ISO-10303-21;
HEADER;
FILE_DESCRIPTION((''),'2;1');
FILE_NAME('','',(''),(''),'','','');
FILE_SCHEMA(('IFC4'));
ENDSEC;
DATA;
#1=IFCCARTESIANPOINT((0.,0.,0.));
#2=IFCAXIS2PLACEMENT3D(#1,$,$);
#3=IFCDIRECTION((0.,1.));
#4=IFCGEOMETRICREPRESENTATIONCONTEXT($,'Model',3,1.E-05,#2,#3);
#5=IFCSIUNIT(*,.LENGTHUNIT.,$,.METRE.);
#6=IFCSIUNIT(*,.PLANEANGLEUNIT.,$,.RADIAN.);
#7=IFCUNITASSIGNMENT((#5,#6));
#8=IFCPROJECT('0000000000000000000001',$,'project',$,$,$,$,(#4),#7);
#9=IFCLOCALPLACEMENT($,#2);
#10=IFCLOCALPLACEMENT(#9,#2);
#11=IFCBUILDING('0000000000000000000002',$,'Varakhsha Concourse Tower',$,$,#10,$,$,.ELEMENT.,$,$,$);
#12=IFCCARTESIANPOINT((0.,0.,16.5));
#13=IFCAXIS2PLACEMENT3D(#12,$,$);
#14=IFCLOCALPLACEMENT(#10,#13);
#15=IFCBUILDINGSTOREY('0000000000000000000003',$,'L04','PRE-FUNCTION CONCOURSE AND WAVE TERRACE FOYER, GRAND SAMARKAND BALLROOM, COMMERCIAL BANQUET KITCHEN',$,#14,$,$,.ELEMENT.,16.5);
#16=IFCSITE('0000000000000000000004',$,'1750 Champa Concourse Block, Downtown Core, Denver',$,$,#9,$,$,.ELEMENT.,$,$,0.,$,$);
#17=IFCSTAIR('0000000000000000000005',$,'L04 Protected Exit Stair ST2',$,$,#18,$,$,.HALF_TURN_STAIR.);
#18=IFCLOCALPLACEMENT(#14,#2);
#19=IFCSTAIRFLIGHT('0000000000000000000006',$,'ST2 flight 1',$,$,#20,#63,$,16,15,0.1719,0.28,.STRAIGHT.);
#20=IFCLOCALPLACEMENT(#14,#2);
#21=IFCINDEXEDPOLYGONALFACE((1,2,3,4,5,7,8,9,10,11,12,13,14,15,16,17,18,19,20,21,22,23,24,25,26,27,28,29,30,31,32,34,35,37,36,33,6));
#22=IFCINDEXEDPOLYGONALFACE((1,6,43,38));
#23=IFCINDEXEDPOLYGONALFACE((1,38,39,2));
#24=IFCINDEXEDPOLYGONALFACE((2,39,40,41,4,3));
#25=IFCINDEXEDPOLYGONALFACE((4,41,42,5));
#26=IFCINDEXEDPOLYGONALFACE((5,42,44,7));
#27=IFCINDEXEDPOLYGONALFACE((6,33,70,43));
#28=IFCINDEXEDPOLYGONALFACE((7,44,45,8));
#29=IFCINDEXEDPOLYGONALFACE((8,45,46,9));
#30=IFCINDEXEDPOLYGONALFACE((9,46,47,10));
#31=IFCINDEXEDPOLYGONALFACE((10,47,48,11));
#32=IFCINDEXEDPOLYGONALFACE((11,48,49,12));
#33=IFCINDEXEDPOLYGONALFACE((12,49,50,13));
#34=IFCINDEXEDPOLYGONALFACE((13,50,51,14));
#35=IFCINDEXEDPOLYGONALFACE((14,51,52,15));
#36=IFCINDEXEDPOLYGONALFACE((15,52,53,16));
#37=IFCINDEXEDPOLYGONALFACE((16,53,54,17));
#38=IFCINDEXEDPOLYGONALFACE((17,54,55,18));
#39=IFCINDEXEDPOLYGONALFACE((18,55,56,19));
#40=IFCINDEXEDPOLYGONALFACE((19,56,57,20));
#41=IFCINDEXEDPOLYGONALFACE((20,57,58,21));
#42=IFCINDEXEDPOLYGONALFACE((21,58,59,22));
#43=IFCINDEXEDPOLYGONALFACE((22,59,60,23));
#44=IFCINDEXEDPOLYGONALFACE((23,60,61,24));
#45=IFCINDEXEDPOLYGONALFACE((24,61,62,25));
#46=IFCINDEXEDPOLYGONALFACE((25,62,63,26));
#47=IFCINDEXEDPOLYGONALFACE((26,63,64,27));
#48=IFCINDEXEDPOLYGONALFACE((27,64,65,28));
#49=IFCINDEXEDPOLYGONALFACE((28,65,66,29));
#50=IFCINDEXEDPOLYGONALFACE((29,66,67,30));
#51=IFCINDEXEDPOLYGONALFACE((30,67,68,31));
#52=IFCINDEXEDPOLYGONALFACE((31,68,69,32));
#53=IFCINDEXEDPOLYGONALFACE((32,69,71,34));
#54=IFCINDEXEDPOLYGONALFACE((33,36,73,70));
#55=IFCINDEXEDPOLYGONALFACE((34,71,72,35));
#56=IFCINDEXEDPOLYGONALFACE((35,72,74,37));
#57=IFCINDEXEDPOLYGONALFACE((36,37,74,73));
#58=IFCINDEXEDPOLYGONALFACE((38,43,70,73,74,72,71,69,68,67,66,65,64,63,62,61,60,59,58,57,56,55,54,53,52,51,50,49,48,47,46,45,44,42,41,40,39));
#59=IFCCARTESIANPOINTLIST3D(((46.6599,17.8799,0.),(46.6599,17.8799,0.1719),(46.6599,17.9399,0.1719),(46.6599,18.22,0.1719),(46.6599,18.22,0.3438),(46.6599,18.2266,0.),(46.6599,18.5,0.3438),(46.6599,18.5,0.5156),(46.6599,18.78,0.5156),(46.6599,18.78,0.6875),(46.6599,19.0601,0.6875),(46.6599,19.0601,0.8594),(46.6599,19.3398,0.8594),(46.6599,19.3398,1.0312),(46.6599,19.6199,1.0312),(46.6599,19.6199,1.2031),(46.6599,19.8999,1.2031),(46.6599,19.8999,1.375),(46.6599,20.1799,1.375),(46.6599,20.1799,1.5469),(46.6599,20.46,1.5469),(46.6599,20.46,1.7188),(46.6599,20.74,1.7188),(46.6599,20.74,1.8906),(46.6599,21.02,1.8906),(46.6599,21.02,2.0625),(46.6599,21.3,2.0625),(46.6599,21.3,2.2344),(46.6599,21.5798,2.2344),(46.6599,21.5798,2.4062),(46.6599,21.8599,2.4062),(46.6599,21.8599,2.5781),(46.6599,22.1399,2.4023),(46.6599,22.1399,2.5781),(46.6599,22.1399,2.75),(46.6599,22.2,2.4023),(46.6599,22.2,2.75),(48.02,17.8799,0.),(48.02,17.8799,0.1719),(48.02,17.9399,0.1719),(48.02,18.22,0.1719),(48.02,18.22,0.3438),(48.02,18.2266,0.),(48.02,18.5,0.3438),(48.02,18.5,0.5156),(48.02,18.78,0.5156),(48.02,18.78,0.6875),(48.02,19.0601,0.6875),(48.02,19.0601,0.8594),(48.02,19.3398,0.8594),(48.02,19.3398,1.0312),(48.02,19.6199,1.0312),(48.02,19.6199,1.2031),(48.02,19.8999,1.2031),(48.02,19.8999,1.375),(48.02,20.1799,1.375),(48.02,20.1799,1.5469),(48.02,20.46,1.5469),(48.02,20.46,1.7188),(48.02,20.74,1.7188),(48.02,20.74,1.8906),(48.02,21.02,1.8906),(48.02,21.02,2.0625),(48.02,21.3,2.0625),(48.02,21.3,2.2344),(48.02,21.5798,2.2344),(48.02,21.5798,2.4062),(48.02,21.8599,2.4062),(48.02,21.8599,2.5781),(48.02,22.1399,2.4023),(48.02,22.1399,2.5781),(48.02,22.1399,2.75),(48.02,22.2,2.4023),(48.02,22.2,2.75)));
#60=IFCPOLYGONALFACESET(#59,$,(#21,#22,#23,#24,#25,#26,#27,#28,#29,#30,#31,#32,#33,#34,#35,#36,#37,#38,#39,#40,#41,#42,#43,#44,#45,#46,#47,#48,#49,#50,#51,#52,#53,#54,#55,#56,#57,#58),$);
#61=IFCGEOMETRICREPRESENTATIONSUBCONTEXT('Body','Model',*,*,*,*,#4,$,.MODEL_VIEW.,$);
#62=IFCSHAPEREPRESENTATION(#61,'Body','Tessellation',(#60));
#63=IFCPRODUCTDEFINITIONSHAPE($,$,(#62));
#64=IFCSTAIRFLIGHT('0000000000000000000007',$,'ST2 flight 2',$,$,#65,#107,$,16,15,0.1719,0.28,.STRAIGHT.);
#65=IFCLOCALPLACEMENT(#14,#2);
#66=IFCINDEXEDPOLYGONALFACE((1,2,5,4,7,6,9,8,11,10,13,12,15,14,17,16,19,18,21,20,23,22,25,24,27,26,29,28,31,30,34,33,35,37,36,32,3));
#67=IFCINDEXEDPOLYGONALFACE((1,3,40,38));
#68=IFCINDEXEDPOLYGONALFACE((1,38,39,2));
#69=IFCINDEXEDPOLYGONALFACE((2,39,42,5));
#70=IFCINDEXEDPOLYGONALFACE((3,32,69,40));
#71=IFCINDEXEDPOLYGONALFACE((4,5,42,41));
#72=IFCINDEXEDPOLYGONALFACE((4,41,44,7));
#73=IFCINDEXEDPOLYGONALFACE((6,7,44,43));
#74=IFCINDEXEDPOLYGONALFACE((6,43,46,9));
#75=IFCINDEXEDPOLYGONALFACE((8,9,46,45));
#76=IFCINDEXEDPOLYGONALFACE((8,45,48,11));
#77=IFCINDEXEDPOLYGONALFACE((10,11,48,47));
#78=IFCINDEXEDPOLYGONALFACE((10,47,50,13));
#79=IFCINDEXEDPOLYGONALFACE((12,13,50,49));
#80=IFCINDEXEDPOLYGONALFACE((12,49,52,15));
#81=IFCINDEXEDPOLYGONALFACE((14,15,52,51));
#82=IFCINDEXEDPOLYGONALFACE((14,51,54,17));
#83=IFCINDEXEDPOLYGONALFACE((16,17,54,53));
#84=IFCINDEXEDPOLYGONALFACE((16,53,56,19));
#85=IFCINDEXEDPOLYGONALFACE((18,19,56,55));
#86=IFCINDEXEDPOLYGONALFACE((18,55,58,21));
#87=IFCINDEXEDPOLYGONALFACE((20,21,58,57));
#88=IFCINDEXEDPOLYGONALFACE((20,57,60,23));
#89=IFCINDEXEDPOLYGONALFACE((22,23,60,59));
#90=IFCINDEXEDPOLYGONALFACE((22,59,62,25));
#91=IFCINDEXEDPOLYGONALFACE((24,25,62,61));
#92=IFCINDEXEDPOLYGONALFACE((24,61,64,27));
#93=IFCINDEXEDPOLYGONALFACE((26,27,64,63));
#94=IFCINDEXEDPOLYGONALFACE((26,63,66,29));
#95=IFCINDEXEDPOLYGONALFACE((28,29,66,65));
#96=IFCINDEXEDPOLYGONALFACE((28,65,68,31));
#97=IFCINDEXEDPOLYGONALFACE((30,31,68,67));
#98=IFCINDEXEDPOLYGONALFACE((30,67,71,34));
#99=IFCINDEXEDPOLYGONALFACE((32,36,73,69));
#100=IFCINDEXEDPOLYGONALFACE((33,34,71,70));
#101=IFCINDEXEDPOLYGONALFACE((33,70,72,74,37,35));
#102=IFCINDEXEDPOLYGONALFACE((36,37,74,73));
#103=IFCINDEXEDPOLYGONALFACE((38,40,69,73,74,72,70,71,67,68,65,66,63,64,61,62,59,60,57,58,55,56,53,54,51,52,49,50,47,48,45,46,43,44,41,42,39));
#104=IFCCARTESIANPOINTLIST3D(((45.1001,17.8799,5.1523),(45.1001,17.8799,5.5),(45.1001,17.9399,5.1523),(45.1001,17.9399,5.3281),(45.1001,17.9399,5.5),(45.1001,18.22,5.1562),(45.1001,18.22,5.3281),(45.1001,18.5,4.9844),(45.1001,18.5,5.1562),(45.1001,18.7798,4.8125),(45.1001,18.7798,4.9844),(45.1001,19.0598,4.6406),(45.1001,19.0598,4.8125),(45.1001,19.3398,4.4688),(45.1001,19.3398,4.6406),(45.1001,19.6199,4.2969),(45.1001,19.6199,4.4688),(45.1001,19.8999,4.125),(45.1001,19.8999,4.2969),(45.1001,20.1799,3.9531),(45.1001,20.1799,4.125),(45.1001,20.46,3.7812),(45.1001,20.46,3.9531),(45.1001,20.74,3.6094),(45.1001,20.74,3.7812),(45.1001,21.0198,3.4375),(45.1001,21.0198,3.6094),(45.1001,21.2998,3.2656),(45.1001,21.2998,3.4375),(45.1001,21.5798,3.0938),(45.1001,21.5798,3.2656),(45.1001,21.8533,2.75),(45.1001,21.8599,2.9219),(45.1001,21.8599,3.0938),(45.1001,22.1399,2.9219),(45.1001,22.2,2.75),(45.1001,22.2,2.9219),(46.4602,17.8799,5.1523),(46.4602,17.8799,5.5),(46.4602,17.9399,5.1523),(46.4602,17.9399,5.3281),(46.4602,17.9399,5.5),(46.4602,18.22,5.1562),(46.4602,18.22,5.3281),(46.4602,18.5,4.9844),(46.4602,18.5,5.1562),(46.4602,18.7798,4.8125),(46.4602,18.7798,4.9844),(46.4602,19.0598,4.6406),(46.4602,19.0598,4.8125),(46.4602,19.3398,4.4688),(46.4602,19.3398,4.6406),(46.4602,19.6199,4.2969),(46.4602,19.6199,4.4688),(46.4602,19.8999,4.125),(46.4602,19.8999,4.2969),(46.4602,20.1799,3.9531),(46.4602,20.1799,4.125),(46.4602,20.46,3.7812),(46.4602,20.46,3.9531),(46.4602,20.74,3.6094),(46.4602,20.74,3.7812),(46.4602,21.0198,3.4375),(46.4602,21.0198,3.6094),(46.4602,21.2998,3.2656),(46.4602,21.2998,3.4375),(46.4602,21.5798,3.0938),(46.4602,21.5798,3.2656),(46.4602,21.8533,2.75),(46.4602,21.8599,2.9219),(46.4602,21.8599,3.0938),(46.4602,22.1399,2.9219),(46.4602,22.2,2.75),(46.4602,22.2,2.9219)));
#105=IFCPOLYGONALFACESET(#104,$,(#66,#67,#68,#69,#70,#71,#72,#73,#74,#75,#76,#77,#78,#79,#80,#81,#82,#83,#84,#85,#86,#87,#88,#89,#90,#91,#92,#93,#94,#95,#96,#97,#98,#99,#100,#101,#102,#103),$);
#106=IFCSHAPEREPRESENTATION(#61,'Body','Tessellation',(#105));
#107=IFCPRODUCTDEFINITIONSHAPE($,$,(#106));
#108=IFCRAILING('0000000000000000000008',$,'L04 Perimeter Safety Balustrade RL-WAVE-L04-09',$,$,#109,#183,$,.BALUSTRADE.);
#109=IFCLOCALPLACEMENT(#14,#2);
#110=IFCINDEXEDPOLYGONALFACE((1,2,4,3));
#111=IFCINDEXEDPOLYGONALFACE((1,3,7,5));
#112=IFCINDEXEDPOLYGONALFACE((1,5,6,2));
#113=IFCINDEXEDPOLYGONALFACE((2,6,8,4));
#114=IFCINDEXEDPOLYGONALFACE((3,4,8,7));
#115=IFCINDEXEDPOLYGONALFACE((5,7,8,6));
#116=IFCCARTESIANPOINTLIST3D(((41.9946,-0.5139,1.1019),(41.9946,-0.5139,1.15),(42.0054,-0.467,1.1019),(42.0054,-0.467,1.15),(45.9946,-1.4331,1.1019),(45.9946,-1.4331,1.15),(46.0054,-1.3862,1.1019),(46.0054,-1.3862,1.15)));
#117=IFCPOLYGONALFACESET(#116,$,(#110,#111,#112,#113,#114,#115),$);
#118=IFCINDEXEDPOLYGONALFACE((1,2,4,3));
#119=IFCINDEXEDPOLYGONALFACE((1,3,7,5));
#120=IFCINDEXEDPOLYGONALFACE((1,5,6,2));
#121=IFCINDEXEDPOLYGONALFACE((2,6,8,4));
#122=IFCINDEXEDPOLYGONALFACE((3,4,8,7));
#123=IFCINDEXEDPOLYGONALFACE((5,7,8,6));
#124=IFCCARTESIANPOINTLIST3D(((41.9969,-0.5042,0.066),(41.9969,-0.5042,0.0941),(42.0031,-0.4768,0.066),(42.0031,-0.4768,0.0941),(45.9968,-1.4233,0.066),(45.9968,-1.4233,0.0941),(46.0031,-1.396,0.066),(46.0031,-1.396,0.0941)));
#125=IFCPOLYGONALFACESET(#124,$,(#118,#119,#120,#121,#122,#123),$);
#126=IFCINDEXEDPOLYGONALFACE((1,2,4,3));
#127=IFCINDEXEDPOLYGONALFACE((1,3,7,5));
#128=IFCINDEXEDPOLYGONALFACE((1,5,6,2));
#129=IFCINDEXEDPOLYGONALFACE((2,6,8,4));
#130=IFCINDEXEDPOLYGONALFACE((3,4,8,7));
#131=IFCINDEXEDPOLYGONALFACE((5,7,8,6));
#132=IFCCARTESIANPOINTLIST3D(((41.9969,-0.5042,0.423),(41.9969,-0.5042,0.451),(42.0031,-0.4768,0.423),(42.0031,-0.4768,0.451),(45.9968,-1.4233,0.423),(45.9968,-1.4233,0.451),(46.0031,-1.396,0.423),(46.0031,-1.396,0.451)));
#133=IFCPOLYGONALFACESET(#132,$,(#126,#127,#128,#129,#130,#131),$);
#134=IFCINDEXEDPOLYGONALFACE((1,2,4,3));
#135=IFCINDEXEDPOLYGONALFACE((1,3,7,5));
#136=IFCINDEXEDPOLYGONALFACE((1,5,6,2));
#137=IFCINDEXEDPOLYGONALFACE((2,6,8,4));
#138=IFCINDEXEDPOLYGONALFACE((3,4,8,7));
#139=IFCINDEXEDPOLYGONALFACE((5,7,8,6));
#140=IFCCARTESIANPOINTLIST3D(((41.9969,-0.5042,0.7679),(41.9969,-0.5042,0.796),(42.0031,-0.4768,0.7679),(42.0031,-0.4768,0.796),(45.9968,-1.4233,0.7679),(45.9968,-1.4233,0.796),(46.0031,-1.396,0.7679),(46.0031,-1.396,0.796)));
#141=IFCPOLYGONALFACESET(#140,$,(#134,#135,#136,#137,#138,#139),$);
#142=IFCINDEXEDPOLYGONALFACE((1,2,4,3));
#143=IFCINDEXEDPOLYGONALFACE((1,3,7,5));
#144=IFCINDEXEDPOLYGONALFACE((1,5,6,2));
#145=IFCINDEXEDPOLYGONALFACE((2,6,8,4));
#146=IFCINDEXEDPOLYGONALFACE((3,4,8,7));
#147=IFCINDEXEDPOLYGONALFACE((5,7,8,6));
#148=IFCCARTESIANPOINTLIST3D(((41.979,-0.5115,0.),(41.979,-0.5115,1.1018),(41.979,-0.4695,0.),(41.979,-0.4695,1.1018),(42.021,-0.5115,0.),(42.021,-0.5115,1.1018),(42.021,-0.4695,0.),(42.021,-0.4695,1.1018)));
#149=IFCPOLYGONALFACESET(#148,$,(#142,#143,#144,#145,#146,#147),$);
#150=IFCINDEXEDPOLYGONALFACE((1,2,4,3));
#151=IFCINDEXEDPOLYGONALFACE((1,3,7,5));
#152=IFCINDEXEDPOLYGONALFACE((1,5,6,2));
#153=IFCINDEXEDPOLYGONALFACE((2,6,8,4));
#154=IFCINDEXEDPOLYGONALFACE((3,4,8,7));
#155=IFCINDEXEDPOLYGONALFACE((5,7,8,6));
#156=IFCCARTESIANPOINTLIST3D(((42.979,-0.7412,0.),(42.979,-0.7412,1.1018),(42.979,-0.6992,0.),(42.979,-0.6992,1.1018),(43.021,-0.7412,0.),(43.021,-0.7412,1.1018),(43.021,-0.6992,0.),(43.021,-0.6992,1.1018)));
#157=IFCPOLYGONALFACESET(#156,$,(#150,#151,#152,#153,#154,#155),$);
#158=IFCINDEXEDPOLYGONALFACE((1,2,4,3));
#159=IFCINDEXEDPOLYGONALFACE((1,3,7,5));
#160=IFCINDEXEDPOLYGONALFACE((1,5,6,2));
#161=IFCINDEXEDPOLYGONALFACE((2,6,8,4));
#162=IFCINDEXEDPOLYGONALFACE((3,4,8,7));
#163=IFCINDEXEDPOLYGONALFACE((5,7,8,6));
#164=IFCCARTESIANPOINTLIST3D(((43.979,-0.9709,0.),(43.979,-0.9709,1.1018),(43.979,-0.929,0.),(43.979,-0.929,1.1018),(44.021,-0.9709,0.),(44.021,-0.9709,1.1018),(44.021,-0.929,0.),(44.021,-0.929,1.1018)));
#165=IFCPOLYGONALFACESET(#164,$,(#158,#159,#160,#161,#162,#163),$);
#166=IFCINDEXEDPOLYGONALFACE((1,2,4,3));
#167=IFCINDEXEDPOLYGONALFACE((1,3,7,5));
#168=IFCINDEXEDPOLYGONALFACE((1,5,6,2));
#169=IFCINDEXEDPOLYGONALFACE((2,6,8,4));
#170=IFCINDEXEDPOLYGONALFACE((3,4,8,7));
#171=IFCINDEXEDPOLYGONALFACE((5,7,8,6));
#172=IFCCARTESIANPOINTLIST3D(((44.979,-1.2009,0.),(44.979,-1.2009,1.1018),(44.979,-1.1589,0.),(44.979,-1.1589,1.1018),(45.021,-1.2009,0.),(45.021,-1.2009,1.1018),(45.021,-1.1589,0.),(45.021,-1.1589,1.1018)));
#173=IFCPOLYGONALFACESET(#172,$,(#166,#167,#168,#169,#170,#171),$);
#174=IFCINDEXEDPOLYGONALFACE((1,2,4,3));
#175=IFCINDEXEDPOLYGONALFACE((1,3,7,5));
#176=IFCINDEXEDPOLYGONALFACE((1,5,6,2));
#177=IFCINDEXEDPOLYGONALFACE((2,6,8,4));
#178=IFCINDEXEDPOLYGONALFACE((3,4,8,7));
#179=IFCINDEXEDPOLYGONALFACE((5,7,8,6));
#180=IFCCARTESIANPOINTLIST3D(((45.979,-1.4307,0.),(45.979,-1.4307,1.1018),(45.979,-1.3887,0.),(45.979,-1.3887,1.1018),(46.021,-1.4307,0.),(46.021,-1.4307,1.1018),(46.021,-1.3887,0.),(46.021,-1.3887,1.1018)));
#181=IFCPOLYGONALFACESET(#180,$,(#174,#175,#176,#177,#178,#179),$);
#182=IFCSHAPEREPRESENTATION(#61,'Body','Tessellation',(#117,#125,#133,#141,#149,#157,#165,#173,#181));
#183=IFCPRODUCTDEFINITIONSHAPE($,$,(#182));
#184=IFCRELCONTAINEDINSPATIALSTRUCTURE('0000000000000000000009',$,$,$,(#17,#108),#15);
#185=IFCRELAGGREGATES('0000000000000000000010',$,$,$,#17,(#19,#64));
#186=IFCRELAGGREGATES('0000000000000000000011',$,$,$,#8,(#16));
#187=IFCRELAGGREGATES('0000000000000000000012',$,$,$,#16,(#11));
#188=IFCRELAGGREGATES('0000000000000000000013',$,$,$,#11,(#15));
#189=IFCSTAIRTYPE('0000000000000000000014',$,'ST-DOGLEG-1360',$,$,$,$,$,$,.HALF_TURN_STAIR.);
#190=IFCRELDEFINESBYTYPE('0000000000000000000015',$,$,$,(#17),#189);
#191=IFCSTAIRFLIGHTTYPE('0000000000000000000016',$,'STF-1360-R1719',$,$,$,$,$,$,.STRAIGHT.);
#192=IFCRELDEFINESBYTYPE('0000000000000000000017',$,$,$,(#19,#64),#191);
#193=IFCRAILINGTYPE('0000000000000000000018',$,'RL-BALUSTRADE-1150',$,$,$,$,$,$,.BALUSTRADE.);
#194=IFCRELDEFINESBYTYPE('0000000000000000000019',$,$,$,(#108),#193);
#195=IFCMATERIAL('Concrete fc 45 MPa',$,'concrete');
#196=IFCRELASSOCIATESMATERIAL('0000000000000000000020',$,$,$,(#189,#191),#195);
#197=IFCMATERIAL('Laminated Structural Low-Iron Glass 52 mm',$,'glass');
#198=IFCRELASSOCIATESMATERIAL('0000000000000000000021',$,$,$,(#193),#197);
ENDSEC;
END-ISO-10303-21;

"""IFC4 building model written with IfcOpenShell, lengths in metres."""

from ifc_helpers import new_model, si_unit, direction, frame, origin, origin_2d, place, context, subcontext, project, spatial, polyline, rectangle, outline, extrude, material, type_object, element, aggregate, save


model = new_model("IFC4")

# Units and contexts
model_context = context("Model", 3, precision=1e-05, world=origin(), true_north=direction((0.0, 1.0)))
body_context = subcontext(model_context, "Body", "Model", "MODEL_VIEW")
ifc_project = project(units=[si_unit("LENGTHUNIT", "METRE"), si_unit("PLANEANGLEUNIT", "RADIAN")], contexts=[model_context])

# Site, building, storey
site_placement = place(None, origin())
site = spatial("IfcSite", under=ifc_project, at=site_placement, Name="1750 Champa Concourse Block, Downtown Core, Denver", CompositionType="ELEMENT", RefElevation=0.0)
building_placement = place(site_placement, origin())
building = spatial("IfcBuilding", under=site, at=building_placement, Name="Varakhsha Concourse Tower", CompositionType="ELEMENT")
storey_placement = place(building_placement, frame((0.0, 0.0, 16.5)))
storey = spatial("IfcBuildingStorey", under=building, at=storey_placement, Name="L04", Description="PRE-FUNCTION CONCOURSE AND WAVE TERRACE FOYER, GRAND SAMARKAND BALLROOM, COMMERCIAL BANQUET KITCHEN", CompositionType="ELEMENT", Elevation=16.5)

# Shared definitions
ifc_material_1 = material(Name="Concrete fc 45 MPa", Category="concrete")

# Stair, stair flights
stair_type = type_object("IfcStairType", Name="ST-DOGLEG-1360", PredefinedType="HALF_TURN_STAIR", material=ifc_material_1)
stair_placement = place(storey_placement, origin())
stair = element("IfcStair", 1, at=stair_placement, inside=storey, type_object=stair_type, Name="L04 Protected Exit Stair ST2", PredefinedType="HALF_TURN_STAIR")
stair_flight_type = type_object("IfcStairFlightType", Name="STF-1360-R1719", PredefinedType="STRAIGHT", material=ifc_material_1)
stair_flight_1_placement = place(storey_placement, frame((47.3401, 17.9399, 0.0), z_axis=(0.0, 0.0, 1.0), x_axis=(0.0, 1.0, 0.0)))
stair_flight_1 = element("IfcStairFlight", 2, at=stair_flight_1_placement, type_object=stair_flight_type, Name="ST2 flight 1", NumberOfRisers=16, NumberOfTreads=15, PredefinedType="STRAIGHT", RiserHeight=0.1719, TreadLength=0.28, context=body_context, shape_type="SweptSolid", body=[
    extrude(outline(polyline([(-0.0601, 0.0), (-0.0601, 0.1719), (0.0, 0.1719), (0.28, 0.1719), (0.28, 0.3438), (0.5601, 0.3438), (0.5601, 0.5156), (0.8401, 0.5156), (0.8401, 0.6875), (1.1201, 0.6875), (1.1201, 0.8594), (1.3999, 0.8594), (1.3999, 1.0312), (1.6799, 1.0312), (1.6799, 1.2031), (1.96, 1.2031), (1.96, 1.375), (2.24, 1.375), (2.24, 1.5469), (2.52, 1.5469), (2.52, 1.7188), (2.8, 1.7188), (2.8, 1.8906), (3.0801, 1.8906), (3.0801, 2.0625), (3.3601, 2.0625), (3.3601, 2.2344), (3.6399, 2.2344), (3.6399, 2.4062), (3.9199, 2.4062), (3.9199, 2.5781), (4.2, 2.5781), (4.2, 2.75), (4.26, 2.75), (4.26, 2.4023), (4.2, 2.4023), (0.2866, 0.0), (-0.0601, 0.0)])), frame((0.0, 0.6802, 0.0), z_axis=(0.0, -1.0, 0.0), x_axis=(1.0, 0.0, 0.0)), (0.0, 0.0, 1.0), 1.3601),
])
stair_flight_2_placement = place(storey_placement, frame((45.78, 22.1399, 2.75), z_axis=(0.0, 0.0, 1.0), x_axis=(0.0, -1.0, 0.0)))
stair_flight_2 = element("IfcStairFlight", 3, at=stair_flight_2_placement, type_object=stair_flight_type, Name="ST2 flight 2", NumberOfRisers=16, NumberOfTreads=15, PredefinedType="STRAIGHT", RiserHeight=0.1719, TreadLength=0.28, context=body_context, shape_type="SweptSolid", body=[
    extrude(outline(polyline([(-0.0601, 0.0), (-0.0601, 0.1719), (0.0, 0.1719), (0.28, 0.1719), (0.28, 0.3438), (0.5601, 0.3438), (0.5601, 0.5156), (0.8401, 0.5156), (0.8401, 0.6875), (1.1201, 0.6875), (1.1201, 0.8594), (1.3999, 0.8594), (1.3999, 1.0312), (1.6799, 1.0312), (1.6799, 1.2031), (1.96, 1.2031), (1.96, 1.375), (2.24, 1.375), (2.24, 1.5469), (2.52, 1.5469), (2.52, 1.7188), (2.8, 1.7188), (2.8, 1.8906), (3.0801, 1.8906), (3.0801, 2.0625), (3.3601, 2.0625), (3.3601, 2.2344), (3.6399, 2.2344), (3.6399, 2.4062), (3.9199, 2.4062), (3.9199, 2.5781), (4.2, 2.5781), (4.2, 2.75), (4.26, 2.75), (4.26, 2.4023), (4.2, 2.4023), (0.2866, 0.0), (-0.0601, 0.0)])), frame((0.0, 0.6802, 0.0), z_axis=(0.0, -1.0, 0.0), x_axis=(1.0, 0.0, 0.0)), (0.0, 0.0, 1.0), 1.3601),
])
aggregate(stair, [stair_flight_1, stair_flight_2])

# Railing
ifc_material_2 = material(Name="Laminated Structural Low-Iron Glass 52 mm", Category="glass")
railing_type_1 = type_object("IfcRailingType", Name="RL-BALUSTRADE-1150", PredefinedType="BALUSTRADE", material=ifc_material_2)
railing_1_placement = place(storey_placement, frame((42.0, -0.4905, 0.0)))
element("IfcRailing", 4, at=railing_1_placement, inside=storey, type_object=railing_type_1, Name="L04 Perimeter Safety Balustrade RL-WAVE-L04-09", PredefinedType="BALUSTRADE", context=body_context, shape_type="SweptSolid", body=[
    extrude(rectangle(XDim=0.0481, YDim=0.0481, at=origin_2d()), frame((0.0, 0.0, 1.126), z_axis=(0.974598, -0.22396, 0.0), x_axis=(0.22396, 0.974598, 0.0)), (0.0, 0.0, 1.0), 4.1042),
    extrude(rectangle(XDim=0.0281, YDim=0.0281, at=origin_2d()), frame((0.0, 0.0, 0.0801), z_axis=(0.974598, -0.22396, 0.0), x_axis=(0.22396, 0.974598, 0.0)), (0.0, 0.0, 1.0), 4.1042),
    extrude(rectangle(XDim=0.0281, YDim=0.0281, at=origin_2d()), frame((0.0, 0.0, 0.437), z_axis=(0.974598, -0.22396, 0.0), x_axis=(0.22396, 0.974598, 0.0)), (0.0, 0.0, 1.0), 4.1042),
    extrude(rectangle(XDim=0.0281, YDim=0.0281, at=origin_2d()), frame((0.0, 0.0, 0.782), z_axis=(0.974598, -0.22396, 0.0), x_axis=(0.22396, 0.974598, 0.0)), (0.0, 0.0, 1.0), 4.1042),
    extrude(rectangle(XDim=0.042, YDim=0.042, at=origin_2d()), origin(), (0.0, 0.0, 1.0), 1.1018),
    extrude(rectangle(XDim=0.042, YDim=0.042, at=origin_2d()), frame((1.0, -0.2297, 0.0)), (0.0, 0.0, 1.0), 1.1018),
    extrude(rectangle(XDim=0.042, YDim=0.042, at=origin_2d()), frame((2.0, -0.4595, 0.0)), (0.0, 0.0, 1.0), 1.1018),
    extrude(rectangle(XDim=0.042, YDim=0.042, at=origin_2d()), frame((3.0, -0.6895, 0.0)), (0.0, 0.0, 1.0), 1.1018),
    extrude(rectangle(XDim=0.042, YDim=0.042, at=origin_2d()), frame((4.0, -0.9192, 0.0)), (0.0, 0.0, 1.0), 1.1018),
])

save(model, "model.ifc")
